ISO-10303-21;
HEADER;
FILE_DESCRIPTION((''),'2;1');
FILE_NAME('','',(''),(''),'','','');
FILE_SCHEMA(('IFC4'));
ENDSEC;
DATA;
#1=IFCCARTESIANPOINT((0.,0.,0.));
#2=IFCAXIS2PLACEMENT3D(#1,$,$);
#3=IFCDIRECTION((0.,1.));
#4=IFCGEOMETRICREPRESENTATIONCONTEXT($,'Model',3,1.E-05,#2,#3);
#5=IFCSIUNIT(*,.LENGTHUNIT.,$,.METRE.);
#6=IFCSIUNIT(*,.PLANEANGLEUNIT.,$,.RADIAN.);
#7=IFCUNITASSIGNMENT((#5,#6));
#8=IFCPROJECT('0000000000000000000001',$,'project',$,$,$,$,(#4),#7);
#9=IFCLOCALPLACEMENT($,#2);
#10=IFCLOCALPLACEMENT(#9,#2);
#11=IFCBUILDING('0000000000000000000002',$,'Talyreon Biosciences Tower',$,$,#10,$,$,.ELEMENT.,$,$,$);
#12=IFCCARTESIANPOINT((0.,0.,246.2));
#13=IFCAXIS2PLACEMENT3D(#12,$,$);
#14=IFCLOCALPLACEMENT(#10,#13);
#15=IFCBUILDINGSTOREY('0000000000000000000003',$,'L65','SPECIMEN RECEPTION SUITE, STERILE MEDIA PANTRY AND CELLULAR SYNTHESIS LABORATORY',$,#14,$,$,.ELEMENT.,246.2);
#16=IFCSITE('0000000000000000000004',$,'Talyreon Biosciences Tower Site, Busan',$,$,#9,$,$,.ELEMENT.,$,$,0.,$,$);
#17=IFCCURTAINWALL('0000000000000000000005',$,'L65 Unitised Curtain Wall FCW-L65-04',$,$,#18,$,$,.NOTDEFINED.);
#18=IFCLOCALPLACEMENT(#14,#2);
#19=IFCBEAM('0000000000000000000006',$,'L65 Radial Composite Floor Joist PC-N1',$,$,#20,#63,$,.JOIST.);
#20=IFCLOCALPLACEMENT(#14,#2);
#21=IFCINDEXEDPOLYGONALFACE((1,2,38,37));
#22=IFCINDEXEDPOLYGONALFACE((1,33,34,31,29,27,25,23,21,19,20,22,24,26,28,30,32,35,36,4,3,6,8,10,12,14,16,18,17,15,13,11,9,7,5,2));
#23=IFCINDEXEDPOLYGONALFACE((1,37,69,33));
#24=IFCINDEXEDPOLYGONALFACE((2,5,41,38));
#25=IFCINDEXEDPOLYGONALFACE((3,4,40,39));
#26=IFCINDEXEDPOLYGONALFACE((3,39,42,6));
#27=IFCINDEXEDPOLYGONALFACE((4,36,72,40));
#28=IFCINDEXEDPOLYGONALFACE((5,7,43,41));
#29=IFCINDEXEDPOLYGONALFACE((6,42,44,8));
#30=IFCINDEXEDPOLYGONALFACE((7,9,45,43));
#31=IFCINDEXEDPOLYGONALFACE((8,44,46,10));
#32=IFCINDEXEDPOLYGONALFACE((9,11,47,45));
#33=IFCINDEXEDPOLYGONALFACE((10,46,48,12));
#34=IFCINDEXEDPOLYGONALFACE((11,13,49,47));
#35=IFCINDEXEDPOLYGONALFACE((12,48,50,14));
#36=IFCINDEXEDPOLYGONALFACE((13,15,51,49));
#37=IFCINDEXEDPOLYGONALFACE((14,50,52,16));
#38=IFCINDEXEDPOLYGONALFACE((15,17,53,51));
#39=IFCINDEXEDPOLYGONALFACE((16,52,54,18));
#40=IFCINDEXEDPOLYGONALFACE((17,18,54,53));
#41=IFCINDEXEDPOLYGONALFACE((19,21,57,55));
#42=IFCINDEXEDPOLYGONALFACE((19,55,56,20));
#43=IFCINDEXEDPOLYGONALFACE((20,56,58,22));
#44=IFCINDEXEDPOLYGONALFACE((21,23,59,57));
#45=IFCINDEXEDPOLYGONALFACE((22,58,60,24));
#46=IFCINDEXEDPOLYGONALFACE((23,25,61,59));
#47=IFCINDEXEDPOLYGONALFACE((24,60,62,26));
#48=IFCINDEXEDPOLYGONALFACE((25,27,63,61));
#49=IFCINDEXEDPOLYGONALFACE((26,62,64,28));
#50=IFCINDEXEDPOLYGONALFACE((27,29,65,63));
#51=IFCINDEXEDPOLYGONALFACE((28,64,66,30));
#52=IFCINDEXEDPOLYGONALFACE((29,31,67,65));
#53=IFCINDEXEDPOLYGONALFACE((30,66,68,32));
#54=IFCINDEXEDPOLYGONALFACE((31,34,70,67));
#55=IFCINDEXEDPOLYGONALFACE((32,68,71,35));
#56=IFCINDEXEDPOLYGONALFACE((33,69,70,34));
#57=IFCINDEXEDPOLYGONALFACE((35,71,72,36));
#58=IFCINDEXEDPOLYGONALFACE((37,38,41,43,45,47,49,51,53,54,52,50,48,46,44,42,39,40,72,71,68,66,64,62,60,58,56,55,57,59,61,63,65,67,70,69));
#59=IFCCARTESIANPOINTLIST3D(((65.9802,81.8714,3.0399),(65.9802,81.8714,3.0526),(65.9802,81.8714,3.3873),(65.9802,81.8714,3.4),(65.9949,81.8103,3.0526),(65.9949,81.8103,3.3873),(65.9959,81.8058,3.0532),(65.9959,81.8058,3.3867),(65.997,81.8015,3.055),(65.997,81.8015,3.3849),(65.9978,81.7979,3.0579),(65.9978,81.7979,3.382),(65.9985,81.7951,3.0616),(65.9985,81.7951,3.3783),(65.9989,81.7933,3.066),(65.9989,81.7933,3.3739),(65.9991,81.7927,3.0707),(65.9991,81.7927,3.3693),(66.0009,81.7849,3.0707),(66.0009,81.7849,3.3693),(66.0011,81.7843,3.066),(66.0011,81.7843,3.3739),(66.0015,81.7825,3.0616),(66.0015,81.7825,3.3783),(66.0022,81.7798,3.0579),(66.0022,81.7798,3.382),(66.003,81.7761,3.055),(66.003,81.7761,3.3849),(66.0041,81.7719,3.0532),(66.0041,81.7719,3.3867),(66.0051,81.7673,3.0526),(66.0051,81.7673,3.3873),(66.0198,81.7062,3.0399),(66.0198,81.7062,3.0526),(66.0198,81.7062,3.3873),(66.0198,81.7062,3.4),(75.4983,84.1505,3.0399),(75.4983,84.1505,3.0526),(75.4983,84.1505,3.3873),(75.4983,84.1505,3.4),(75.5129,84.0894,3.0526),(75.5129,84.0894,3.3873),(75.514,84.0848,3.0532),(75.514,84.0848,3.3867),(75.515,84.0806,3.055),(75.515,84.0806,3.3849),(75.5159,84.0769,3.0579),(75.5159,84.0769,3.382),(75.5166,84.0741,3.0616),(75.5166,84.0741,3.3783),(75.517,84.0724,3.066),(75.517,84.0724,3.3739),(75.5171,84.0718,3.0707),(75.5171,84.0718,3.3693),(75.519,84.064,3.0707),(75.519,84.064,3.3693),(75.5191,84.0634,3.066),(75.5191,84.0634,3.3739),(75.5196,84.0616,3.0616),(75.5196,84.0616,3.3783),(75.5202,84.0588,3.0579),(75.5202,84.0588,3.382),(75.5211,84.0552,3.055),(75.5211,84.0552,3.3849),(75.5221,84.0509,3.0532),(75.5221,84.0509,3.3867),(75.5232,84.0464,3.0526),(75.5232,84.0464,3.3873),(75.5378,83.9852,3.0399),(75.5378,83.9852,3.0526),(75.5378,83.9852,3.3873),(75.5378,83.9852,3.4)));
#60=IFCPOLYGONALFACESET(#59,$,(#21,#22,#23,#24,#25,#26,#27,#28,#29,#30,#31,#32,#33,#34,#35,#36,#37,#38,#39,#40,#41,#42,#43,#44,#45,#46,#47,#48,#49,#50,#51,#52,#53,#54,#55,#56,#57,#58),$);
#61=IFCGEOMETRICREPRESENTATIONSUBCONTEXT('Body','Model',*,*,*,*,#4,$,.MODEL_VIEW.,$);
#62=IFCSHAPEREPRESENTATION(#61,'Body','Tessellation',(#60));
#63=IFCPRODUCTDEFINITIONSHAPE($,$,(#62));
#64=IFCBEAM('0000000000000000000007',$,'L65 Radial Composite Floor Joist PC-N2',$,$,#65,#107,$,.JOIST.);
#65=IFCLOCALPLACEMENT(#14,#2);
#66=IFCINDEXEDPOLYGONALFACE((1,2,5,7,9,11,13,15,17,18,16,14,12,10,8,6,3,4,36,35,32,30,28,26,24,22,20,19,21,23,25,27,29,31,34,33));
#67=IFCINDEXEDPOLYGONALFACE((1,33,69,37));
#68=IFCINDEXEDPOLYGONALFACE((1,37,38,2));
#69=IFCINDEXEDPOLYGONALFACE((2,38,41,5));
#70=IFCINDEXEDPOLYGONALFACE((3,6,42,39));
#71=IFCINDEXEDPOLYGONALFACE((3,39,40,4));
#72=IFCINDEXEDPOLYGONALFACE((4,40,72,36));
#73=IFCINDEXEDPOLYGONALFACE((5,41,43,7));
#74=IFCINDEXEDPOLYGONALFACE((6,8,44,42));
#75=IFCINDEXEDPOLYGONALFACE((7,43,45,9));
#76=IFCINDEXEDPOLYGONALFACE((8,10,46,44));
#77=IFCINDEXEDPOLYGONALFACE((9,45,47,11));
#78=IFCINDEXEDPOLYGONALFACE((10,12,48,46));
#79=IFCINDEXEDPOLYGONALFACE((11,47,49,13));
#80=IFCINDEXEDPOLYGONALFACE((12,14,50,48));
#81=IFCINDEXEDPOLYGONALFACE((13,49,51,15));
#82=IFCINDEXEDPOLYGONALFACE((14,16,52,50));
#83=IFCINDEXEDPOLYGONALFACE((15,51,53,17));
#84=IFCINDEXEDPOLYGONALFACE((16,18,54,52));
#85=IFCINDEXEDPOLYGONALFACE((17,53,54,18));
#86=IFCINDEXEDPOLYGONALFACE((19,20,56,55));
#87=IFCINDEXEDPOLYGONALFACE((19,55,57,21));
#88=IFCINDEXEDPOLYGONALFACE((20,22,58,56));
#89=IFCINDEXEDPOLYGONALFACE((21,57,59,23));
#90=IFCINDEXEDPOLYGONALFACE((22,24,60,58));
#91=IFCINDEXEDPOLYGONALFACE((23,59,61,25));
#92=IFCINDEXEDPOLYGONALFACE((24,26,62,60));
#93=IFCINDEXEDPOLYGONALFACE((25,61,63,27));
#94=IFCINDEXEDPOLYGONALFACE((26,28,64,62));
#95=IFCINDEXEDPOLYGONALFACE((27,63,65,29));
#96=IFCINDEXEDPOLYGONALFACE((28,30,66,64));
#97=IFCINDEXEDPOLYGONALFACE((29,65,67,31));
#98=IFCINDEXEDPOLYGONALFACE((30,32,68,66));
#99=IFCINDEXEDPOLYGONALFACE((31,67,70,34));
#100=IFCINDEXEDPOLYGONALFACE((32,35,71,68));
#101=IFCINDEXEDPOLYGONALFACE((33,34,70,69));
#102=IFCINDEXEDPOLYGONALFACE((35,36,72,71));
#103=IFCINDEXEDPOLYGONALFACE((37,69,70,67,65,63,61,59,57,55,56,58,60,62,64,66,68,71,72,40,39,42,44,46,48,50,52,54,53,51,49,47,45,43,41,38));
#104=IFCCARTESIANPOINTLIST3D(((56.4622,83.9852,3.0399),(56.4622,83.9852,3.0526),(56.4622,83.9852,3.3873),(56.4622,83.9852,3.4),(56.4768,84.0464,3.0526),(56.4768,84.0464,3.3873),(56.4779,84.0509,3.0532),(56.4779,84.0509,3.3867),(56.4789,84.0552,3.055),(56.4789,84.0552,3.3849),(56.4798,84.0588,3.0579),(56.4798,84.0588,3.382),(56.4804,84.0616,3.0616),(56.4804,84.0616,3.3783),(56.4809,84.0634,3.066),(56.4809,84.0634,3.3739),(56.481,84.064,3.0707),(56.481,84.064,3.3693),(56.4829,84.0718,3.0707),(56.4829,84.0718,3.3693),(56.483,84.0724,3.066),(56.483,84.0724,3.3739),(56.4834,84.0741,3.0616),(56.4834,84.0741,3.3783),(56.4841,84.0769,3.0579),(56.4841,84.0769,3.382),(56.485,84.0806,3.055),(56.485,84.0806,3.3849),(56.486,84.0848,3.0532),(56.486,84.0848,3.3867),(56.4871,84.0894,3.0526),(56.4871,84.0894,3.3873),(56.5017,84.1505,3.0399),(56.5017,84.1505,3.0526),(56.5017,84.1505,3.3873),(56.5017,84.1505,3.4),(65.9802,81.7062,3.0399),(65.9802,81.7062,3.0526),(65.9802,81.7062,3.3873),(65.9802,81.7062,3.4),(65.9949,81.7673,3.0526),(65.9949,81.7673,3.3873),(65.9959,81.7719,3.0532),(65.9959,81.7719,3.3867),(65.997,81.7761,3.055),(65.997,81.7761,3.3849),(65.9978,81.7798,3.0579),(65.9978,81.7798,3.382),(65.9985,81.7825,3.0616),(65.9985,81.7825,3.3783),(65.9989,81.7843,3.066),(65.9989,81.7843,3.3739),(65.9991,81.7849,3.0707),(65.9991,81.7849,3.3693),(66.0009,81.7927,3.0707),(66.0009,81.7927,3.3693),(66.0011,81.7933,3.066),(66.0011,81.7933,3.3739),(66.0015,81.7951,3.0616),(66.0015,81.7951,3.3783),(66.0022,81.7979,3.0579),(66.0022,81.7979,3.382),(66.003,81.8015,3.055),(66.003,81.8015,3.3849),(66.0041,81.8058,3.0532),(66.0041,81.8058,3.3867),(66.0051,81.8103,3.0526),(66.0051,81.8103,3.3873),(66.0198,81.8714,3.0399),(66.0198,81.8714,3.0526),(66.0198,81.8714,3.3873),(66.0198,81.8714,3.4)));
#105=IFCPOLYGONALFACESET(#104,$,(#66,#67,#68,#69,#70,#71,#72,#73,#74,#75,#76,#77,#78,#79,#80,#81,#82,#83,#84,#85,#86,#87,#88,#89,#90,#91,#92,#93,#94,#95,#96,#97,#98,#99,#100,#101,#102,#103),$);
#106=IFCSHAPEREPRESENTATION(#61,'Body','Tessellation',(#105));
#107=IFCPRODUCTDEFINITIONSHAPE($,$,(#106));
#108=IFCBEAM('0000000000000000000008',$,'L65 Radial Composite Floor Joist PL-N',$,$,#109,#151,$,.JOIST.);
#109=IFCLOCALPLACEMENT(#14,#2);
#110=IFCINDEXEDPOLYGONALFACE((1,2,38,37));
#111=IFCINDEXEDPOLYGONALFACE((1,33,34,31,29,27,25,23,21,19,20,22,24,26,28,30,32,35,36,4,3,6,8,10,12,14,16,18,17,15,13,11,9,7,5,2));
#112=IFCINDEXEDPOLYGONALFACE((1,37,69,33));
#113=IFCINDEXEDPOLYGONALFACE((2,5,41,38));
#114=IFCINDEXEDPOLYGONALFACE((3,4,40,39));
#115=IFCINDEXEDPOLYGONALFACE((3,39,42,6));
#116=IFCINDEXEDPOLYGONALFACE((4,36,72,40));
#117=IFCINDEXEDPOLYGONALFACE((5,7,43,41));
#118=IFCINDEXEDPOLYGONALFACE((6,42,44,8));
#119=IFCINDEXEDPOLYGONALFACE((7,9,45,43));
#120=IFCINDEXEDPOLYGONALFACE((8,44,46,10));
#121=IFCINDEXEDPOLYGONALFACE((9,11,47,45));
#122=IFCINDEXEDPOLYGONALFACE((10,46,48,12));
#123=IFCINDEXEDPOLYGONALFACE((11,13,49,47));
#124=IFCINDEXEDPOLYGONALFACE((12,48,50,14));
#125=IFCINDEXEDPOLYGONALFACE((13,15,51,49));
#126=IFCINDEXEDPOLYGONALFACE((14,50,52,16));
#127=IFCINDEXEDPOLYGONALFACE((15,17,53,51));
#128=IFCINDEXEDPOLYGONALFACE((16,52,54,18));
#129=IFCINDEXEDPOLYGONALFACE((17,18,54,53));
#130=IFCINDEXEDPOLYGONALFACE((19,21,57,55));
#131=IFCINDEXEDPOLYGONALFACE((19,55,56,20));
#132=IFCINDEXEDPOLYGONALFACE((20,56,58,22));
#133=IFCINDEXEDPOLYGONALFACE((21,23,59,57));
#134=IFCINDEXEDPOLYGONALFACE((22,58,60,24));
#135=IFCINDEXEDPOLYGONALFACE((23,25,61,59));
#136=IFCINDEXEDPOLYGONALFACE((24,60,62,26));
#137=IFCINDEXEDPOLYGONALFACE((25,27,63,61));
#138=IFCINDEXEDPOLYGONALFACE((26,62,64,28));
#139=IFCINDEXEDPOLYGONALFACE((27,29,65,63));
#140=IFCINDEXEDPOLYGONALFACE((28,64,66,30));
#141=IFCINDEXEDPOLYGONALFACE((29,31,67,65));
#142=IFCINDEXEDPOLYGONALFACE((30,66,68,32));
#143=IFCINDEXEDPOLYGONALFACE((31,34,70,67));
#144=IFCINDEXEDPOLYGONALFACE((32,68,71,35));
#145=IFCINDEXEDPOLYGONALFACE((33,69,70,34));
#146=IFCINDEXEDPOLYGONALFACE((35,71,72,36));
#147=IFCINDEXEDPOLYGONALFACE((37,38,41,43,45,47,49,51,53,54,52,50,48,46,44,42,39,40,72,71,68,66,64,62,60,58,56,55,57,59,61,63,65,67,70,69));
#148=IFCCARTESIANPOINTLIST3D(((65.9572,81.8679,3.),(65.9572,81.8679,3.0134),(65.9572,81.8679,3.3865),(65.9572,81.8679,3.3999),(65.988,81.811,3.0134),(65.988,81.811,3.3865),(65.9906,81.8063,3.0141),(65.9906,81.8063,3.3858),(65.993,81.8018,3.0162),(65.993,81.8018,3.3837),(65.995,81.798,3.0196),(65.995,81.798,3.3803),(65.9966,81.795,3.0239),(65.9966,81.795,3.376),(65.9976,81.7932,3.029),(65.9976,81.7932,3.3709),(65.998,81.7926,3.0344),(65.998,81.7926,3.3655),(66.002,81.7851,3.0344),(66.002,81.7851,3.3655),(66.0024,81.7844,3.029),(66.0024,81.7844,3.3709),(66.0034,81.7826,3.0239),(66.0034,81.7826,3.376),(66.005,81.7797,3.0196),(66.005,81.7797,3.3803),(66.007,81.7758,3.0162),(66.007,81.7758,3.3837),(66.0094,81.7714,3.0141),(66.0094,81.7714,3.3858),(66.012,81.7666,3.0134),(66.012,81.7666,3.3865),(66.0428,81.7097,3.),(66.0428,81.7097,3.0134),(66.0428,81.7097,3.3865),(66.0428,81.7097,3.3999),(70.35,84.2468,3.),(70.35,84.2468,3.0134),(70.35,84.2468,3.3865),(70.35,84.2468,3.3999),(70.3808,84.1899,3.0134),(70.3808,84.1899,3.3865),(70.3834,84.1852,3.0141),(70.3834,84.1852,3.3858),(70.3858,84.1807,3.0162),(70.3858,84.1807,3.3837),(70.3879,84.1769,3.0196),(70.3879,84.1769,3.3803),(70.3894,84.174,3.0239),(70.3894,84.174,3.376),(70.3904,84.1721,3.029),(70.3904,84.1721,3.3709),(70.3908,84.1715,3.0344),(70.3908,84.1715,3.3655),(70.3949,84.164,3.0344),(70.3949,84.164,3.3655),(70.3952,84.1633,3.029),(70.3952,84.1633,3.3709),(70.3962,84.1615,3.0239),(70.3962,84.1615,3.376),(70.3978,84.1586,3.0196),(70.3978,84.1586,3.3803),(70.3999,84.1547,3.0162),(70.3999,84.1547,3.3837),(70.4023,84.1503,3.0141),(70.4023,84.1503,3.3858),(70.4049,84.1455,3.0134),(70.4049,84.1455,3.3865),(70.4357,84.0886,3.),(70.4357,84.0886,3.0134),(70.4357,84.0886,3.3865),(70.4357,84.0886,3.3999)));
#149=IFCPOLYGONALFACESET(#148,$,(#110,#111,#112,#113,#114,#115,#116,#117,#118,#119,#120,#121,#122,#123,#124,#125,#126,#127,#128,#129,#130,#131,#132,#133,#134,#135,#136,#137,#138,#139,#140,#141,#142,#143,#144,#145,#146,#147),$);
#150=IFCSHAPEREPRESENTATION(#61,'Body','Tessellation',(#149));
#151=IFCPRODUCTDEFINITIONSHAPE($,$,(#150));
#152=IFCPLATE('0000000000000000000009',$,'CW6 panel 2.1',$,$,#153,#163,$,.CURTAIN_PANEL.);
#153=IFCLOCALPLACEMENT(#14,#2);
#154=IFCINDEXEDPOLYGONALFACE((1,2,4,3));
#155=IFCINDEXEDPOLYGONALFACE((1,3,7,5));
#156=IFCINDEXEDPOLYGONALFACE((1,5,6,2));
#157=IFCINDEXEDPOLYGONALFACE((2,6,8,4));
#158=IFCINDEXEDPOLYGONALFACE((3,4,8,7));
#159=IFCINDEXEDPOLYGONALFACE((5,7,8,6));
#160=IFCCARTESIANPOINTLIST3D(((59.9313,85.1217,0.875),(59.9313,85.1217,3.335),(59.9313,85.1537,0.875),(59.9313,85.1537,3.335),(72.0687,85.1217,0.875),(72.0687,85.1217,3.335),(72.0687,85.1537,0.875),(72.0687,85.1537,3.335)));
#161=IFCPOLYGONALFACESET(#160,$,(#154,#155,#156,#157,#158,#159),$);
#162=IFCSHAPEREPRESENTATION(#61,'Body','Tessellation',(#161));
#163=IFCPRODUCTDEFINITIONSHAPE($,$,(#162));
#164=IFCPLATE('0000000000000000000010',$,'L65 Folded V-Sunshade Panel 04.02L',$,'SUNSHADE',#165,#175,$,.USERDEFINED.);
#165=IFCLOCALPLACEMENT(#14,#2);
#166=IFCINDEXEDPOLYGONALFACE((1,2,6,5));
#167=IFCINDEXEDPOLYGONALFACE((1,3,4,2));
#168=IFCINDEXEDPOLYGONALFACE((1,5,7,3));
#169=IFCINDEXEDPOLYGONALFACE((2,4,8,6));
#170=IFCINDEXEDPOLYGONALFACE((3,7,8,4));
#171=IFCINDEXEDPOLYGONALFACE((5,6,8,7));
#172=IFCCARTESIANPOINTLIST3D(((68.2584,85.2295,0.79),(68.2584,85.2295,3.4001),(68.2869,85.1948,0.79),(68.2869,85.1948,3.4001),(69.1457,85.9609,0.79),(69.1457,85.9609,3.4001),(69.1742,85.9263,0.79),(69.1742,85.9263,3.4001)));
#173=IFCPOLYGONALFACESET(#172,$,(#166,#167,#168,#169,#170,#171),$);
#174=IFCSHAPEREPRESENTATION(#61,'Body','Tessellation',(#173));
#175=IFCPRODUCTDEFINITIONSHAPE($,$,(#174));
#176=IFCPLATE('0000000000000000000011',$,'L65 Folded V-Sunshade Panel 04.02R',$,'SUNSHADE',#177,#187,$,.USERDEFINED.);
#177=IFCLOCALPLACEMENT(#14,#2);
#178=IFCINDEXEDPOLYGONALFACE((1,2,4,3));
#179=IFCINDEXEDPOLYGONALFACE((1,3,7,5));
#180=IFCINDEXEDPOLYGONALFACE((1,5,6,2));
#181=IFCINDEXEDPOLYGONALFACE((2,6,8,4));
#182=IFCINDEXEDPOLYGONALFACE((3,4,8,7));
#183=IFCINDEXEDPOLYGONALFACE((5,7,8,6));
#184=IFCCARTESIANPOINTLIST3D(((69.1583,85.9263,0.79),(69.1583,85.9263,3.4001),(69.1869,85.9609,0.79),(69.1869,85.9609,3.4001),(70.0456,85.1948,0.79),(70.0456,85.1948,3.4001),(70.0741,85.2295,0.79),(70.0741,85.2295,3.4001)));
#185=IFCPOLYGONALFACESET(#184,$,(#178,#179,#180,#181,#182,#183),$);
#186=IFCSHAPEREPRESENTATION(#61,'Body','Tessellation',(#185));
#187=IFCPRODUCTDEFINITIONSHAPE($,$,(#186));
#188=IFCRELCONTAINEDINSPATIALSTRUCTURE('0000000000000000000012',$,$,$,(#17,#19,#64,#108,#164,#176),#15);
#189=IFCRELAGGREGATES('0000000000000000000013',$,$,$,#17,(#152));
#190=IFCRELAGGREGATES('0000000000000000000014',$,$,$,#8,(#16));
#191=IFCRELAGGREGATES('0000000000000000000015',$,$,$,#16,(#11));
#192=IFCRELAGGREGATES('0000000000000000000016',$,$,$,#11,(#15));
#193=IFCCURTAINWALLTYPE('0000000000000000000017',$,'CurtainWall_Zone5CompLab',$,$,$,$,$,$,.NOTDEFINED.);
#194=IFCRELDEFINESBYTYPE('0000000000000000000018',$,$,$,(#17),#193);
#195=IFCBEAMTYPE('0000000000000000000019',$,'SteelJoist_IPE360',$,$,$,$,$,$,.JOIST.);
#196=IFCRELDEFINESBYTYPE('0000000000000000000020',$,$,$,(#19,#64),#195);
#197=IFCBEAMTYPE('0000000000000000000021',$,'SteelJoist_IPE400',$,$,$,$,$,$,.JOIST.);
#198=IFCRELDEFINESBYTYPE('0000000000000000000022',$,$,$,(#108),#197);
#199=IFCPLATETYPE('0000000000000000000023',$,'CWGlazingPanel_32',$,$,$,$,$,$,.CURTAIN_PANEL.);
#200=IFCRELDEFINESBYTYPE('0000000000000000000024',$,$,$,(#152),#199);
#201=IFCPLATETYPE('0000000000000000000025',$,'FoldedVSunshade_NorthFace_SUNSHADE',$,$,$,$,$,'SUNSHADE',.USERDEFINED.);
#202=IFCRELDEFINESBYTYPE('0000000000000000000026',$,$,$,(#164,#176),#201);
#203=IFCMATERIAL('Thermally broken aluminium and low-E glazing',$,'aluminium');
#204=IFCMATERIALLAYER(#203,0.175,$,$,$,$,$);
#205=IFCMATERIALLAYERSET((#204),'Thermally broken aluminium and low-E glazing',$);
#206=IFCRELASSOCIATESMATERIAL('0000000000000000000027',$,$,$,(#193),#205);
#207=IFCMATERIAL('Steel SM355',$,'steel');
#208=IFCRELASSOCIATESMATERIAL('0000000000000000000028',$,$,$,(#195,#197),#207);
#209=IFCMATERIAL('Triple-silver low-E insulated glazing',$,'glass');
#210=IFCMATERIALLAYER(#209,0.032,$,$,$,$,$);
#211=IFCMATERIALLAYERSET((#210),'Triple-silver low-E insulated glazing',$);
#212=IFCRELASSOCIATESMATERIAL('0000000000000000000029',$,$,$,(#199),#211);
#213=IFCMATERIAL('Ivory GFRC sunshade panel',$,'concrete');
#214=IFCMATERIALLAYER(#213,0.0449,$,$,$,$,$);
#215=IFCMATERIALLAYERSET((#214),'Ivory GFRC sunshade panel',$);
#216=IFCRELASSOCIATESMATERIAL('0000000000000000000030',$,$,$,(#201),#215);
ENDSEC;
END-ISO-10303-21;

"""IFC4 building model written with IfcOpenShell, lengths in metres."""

from ifc_helpers import new_model, si_unit, direction, frame, origin, origin_2d, place, context, subcontext, project, spatial, rectangle, i_section, extrude, material, layer, layer_set, material_profile, profile_set, type_object, element, aggregate, save


model = new_model("IFC4")

# Units and contexts
model_context = context("Model", 3, precision=1e-05, world=origin(), true_north=direction((0.0, 1.0)))
body_context = subcontext(model_context, "Body", "Model", "MODEL_VIEW")
ifc_project = project(units=[si_unit("LENGTHUNIT", "METRE"), si_unit("PLANEANGLEUNIT", "RADIAN")], contexts=[model_context])

# Site, building, storey
site_placement = place(None, origin())
site = spatial("IfcSite", under=ifc_project, at=site_placement, Name="Talyreon Biosciences Tower Site, Busan", CompositionType="ELEMENT", RefElevation=0.0)
building_placement = place(site_placement, origin())
building = spatial("IfcBuilding", under=site, at=building_placement, Name="Talyreon Biosciences Tower", CompositionType="ELEMENT")
storey_placement = place(building_placement, frame((0.0, 0.0, 246.2)))
storey = spatial("IfcBuildingStorey", under=building, at=storey_placement, Name="L65", Description="SPECIMEN RECEPTION SUITE, STERILE MEDIA PANTRY AND CELLULAR SYNTHESIS LABORATORY", CompositionType="ELEMENT", Elevation=246.2)

# Curtain wall
ifc_material_1 = material(Name="Thermally broken aluminium and low-E glazing", Category="aluminium")
ifc_layer_1 = layer(ifc_material_1, 0.175)
ifc_layer_set_1 = layer_set([ifc_layer_1], Name="Thermally broken aluminium and low-E glazing")
curtain_wall_type = type_object("IfcCurtainWallType", Name="CurtainWall_Zone5CompLab", PredefinedType="NOTDEFINED", material=ifc_layer_set_1)
curtain_wall_placement = place(storey_placement, origin())
curtain_wall = element("IfcCurtainWall", 1, at=curtain_wall_placement, inside=storey, type_object=curtain_wall_type, Name="L65 Unitised Curtain Wall FCW-L65-04", PredefinedType="NOTDEFINED")

# Beams
ifc_material_2 = material(Name="Steel SM355", Category="steel")
ifc_material_profile_1 = material_profile(ifc_material_2, i_section(OverallWidth=0.1699, OverallDepth=0.3601, WebThickness=0.0081, FlangeThickness=0.0127, FilletRadius=0.0181, at=origin_2d()), Name="IPE360")
ifc_profile_set_1 = profile_set([ifc_material_profile_1], Name="Steel SM355")
beam_type_1 = type_object("IfcBeamType", Name="SteelJoist_IPE360", PredefinedType="JOIST", material=ifc_profile_set_1)
for number, where, z_axis, x_axis, name in (
    (2, (66.0, 81.7888, 3.22), (0.97251, 0.232863, 0.0), (-0.232863, 0.97251, 0.0), "L65 Radial Composite Floor Joist PC-N1"),
    (3, (66.0, 81.7888, 3.22), (-0.97251, 0.232863, 0.0), (-0.232863, -0.97251, 0.0), "L65 Radial Composite Floor Joist PC-N2"),
):
    element("IfcBeam", number, at=place(storey_placement, frame(where, z_axis=z_axis, x_axis=x_axis)), inside=storey, type_object=beam_type_1, Name=name, PredefinedType="JOIST", context=body_context, shape_type="SweptSolid", body=[
        extrude(i_section(OverallWidth=0.1699, OverallDepth=0.3601, WebThickness=0.0081, FlangeThickness=0.0127, FilletRadius=0.0181, at=origin_2d()), origin(), (0.0, 0.0, 1.0), 9.7871),
    ])
ifc_material_profile_2 = material_profile(ifc_material_2, i_section(OverallWidth=0.1799, OverallDepth=0.3999, WebThickness=0.0085, FlangeThickness=0.0134, FilletRadius=0.021, at=origin_2d()), Name="IPE400")
ifc_profile_set_2 = profile_set([ifc_material_profile_2], Name="Steel SM355")
beam_type_2 = type_object("IfcBeamType", Name="SteelJoist_IPE400", PredefinedType="JOIST", material=ifc_profile_set_2)
beam_1_placement = place(storey_placement, frame((66.0, 81.7888, 3.2), z_axis=(0.879337, 0.4762, 0.0), x_axis=(-0.4762, 0.879337, 0.0)))
element("IfcBeam", 4, at=beam_1_placement, inside=storey, type_object=beam_type_2, Name="L65 Radial Composite Floor Joist PL-N", PredefinedType="JOIST", context=body_context, shape_type="SweptSolid", body=[
    extrude(i_section(OverallWidth=0.1799, OverallDepth=0.3999, WebThickness=0.0085, FlangeThickness=0.0134, FilletRadius=0.021, at=origin_2d()), origin(), (0.0, 0.0, 1.0), 4.9956),
])

# Plate
ifc_material_3 = material(Name="Triple-silver low-E insulated glazing", Category="glass")
ifc_layer_2 = layer(ifc_material_3, 0.032)
ifc_layer_set_2 = layer_set([ifc_layer_2], Name="Triple-silver low-E insulated glazing")
plate_type_1 = type_object("IfcPlateType", Name="CWGlazingPanel_32", PredefinedType="CURTAIN_PANEL", material=ifc_layer_set_2)
plate_placement = place(storey_placement, frame((66.0, 85.1377, 0.875), z_axis=(0.0, 0.0, 1.0), x_axis=(1.0, 0.0, 0.0)))
plate = element("IfcPlate", 5, at=plate_placement, type_object=plate_type_1, Name="CW6 panel 2.1", PredefinedType="CURTAIN_PANEL", context=body_context, shape_type="SweptSolid", body=[
    extrude(rectangle(XDim=12.1375, YDim=0.032, at=origin_2d()), origin(), (0.0, 0.0, 1.0), 2.46),
])
aggregate(curtain_wall, [plate])

# Plates
ifc_material_4 = material(Name="Ivory GFRC sunshade panel", Category="concrete")
ifc_layer_3 = layer(ifc_material_4, 0.0449)
ifc_layer_set_3 = layer_set([ifc_layer_3], Name="Ivory GFRC sunshade panel")
plate_type_2 = type_object("IfcPlateType", Name="FoldedVSunshade_NorthFace_SUNSHADE", ElementType="SUNSHADE", PredefinedType="USERDEFINED", material=ifc_layer_set_3)
for number, where, z_axis, x_axis, name in (
    (6, (68.7163, 85.5779, 0.79), (0.0, 0.0, 1.0), (0.771625, 0.636078, 0.0), "L65 Folded V-Sunshade Panel 04.02L"),
    (7, (69.6162, 85.5779, 0.79), (0.0, 0.0, 1.0), (0.771625, -0.636078, 0.0), "L65 Folded V-Sunshade Panel 04.02R"),
):
    element("IfcPlate", number, at=place(storey_placement, frame(where, z_axis=z_axis, x_axis=x_axis)), inside=storey, type_object=plate_type_2, Name=name, ObjectType="SUNSHADE", PredefinedType="USERDEFINED", context=body_context, shape_type="SweptSolid", body=[
        extrude(rectangle(XDim=1.1499, YDim=0.0449, at=origin_2d()), origin(), (0.0, 0.0, 1.0), 2.6101),
    ])

save(model, "model.ifc")
